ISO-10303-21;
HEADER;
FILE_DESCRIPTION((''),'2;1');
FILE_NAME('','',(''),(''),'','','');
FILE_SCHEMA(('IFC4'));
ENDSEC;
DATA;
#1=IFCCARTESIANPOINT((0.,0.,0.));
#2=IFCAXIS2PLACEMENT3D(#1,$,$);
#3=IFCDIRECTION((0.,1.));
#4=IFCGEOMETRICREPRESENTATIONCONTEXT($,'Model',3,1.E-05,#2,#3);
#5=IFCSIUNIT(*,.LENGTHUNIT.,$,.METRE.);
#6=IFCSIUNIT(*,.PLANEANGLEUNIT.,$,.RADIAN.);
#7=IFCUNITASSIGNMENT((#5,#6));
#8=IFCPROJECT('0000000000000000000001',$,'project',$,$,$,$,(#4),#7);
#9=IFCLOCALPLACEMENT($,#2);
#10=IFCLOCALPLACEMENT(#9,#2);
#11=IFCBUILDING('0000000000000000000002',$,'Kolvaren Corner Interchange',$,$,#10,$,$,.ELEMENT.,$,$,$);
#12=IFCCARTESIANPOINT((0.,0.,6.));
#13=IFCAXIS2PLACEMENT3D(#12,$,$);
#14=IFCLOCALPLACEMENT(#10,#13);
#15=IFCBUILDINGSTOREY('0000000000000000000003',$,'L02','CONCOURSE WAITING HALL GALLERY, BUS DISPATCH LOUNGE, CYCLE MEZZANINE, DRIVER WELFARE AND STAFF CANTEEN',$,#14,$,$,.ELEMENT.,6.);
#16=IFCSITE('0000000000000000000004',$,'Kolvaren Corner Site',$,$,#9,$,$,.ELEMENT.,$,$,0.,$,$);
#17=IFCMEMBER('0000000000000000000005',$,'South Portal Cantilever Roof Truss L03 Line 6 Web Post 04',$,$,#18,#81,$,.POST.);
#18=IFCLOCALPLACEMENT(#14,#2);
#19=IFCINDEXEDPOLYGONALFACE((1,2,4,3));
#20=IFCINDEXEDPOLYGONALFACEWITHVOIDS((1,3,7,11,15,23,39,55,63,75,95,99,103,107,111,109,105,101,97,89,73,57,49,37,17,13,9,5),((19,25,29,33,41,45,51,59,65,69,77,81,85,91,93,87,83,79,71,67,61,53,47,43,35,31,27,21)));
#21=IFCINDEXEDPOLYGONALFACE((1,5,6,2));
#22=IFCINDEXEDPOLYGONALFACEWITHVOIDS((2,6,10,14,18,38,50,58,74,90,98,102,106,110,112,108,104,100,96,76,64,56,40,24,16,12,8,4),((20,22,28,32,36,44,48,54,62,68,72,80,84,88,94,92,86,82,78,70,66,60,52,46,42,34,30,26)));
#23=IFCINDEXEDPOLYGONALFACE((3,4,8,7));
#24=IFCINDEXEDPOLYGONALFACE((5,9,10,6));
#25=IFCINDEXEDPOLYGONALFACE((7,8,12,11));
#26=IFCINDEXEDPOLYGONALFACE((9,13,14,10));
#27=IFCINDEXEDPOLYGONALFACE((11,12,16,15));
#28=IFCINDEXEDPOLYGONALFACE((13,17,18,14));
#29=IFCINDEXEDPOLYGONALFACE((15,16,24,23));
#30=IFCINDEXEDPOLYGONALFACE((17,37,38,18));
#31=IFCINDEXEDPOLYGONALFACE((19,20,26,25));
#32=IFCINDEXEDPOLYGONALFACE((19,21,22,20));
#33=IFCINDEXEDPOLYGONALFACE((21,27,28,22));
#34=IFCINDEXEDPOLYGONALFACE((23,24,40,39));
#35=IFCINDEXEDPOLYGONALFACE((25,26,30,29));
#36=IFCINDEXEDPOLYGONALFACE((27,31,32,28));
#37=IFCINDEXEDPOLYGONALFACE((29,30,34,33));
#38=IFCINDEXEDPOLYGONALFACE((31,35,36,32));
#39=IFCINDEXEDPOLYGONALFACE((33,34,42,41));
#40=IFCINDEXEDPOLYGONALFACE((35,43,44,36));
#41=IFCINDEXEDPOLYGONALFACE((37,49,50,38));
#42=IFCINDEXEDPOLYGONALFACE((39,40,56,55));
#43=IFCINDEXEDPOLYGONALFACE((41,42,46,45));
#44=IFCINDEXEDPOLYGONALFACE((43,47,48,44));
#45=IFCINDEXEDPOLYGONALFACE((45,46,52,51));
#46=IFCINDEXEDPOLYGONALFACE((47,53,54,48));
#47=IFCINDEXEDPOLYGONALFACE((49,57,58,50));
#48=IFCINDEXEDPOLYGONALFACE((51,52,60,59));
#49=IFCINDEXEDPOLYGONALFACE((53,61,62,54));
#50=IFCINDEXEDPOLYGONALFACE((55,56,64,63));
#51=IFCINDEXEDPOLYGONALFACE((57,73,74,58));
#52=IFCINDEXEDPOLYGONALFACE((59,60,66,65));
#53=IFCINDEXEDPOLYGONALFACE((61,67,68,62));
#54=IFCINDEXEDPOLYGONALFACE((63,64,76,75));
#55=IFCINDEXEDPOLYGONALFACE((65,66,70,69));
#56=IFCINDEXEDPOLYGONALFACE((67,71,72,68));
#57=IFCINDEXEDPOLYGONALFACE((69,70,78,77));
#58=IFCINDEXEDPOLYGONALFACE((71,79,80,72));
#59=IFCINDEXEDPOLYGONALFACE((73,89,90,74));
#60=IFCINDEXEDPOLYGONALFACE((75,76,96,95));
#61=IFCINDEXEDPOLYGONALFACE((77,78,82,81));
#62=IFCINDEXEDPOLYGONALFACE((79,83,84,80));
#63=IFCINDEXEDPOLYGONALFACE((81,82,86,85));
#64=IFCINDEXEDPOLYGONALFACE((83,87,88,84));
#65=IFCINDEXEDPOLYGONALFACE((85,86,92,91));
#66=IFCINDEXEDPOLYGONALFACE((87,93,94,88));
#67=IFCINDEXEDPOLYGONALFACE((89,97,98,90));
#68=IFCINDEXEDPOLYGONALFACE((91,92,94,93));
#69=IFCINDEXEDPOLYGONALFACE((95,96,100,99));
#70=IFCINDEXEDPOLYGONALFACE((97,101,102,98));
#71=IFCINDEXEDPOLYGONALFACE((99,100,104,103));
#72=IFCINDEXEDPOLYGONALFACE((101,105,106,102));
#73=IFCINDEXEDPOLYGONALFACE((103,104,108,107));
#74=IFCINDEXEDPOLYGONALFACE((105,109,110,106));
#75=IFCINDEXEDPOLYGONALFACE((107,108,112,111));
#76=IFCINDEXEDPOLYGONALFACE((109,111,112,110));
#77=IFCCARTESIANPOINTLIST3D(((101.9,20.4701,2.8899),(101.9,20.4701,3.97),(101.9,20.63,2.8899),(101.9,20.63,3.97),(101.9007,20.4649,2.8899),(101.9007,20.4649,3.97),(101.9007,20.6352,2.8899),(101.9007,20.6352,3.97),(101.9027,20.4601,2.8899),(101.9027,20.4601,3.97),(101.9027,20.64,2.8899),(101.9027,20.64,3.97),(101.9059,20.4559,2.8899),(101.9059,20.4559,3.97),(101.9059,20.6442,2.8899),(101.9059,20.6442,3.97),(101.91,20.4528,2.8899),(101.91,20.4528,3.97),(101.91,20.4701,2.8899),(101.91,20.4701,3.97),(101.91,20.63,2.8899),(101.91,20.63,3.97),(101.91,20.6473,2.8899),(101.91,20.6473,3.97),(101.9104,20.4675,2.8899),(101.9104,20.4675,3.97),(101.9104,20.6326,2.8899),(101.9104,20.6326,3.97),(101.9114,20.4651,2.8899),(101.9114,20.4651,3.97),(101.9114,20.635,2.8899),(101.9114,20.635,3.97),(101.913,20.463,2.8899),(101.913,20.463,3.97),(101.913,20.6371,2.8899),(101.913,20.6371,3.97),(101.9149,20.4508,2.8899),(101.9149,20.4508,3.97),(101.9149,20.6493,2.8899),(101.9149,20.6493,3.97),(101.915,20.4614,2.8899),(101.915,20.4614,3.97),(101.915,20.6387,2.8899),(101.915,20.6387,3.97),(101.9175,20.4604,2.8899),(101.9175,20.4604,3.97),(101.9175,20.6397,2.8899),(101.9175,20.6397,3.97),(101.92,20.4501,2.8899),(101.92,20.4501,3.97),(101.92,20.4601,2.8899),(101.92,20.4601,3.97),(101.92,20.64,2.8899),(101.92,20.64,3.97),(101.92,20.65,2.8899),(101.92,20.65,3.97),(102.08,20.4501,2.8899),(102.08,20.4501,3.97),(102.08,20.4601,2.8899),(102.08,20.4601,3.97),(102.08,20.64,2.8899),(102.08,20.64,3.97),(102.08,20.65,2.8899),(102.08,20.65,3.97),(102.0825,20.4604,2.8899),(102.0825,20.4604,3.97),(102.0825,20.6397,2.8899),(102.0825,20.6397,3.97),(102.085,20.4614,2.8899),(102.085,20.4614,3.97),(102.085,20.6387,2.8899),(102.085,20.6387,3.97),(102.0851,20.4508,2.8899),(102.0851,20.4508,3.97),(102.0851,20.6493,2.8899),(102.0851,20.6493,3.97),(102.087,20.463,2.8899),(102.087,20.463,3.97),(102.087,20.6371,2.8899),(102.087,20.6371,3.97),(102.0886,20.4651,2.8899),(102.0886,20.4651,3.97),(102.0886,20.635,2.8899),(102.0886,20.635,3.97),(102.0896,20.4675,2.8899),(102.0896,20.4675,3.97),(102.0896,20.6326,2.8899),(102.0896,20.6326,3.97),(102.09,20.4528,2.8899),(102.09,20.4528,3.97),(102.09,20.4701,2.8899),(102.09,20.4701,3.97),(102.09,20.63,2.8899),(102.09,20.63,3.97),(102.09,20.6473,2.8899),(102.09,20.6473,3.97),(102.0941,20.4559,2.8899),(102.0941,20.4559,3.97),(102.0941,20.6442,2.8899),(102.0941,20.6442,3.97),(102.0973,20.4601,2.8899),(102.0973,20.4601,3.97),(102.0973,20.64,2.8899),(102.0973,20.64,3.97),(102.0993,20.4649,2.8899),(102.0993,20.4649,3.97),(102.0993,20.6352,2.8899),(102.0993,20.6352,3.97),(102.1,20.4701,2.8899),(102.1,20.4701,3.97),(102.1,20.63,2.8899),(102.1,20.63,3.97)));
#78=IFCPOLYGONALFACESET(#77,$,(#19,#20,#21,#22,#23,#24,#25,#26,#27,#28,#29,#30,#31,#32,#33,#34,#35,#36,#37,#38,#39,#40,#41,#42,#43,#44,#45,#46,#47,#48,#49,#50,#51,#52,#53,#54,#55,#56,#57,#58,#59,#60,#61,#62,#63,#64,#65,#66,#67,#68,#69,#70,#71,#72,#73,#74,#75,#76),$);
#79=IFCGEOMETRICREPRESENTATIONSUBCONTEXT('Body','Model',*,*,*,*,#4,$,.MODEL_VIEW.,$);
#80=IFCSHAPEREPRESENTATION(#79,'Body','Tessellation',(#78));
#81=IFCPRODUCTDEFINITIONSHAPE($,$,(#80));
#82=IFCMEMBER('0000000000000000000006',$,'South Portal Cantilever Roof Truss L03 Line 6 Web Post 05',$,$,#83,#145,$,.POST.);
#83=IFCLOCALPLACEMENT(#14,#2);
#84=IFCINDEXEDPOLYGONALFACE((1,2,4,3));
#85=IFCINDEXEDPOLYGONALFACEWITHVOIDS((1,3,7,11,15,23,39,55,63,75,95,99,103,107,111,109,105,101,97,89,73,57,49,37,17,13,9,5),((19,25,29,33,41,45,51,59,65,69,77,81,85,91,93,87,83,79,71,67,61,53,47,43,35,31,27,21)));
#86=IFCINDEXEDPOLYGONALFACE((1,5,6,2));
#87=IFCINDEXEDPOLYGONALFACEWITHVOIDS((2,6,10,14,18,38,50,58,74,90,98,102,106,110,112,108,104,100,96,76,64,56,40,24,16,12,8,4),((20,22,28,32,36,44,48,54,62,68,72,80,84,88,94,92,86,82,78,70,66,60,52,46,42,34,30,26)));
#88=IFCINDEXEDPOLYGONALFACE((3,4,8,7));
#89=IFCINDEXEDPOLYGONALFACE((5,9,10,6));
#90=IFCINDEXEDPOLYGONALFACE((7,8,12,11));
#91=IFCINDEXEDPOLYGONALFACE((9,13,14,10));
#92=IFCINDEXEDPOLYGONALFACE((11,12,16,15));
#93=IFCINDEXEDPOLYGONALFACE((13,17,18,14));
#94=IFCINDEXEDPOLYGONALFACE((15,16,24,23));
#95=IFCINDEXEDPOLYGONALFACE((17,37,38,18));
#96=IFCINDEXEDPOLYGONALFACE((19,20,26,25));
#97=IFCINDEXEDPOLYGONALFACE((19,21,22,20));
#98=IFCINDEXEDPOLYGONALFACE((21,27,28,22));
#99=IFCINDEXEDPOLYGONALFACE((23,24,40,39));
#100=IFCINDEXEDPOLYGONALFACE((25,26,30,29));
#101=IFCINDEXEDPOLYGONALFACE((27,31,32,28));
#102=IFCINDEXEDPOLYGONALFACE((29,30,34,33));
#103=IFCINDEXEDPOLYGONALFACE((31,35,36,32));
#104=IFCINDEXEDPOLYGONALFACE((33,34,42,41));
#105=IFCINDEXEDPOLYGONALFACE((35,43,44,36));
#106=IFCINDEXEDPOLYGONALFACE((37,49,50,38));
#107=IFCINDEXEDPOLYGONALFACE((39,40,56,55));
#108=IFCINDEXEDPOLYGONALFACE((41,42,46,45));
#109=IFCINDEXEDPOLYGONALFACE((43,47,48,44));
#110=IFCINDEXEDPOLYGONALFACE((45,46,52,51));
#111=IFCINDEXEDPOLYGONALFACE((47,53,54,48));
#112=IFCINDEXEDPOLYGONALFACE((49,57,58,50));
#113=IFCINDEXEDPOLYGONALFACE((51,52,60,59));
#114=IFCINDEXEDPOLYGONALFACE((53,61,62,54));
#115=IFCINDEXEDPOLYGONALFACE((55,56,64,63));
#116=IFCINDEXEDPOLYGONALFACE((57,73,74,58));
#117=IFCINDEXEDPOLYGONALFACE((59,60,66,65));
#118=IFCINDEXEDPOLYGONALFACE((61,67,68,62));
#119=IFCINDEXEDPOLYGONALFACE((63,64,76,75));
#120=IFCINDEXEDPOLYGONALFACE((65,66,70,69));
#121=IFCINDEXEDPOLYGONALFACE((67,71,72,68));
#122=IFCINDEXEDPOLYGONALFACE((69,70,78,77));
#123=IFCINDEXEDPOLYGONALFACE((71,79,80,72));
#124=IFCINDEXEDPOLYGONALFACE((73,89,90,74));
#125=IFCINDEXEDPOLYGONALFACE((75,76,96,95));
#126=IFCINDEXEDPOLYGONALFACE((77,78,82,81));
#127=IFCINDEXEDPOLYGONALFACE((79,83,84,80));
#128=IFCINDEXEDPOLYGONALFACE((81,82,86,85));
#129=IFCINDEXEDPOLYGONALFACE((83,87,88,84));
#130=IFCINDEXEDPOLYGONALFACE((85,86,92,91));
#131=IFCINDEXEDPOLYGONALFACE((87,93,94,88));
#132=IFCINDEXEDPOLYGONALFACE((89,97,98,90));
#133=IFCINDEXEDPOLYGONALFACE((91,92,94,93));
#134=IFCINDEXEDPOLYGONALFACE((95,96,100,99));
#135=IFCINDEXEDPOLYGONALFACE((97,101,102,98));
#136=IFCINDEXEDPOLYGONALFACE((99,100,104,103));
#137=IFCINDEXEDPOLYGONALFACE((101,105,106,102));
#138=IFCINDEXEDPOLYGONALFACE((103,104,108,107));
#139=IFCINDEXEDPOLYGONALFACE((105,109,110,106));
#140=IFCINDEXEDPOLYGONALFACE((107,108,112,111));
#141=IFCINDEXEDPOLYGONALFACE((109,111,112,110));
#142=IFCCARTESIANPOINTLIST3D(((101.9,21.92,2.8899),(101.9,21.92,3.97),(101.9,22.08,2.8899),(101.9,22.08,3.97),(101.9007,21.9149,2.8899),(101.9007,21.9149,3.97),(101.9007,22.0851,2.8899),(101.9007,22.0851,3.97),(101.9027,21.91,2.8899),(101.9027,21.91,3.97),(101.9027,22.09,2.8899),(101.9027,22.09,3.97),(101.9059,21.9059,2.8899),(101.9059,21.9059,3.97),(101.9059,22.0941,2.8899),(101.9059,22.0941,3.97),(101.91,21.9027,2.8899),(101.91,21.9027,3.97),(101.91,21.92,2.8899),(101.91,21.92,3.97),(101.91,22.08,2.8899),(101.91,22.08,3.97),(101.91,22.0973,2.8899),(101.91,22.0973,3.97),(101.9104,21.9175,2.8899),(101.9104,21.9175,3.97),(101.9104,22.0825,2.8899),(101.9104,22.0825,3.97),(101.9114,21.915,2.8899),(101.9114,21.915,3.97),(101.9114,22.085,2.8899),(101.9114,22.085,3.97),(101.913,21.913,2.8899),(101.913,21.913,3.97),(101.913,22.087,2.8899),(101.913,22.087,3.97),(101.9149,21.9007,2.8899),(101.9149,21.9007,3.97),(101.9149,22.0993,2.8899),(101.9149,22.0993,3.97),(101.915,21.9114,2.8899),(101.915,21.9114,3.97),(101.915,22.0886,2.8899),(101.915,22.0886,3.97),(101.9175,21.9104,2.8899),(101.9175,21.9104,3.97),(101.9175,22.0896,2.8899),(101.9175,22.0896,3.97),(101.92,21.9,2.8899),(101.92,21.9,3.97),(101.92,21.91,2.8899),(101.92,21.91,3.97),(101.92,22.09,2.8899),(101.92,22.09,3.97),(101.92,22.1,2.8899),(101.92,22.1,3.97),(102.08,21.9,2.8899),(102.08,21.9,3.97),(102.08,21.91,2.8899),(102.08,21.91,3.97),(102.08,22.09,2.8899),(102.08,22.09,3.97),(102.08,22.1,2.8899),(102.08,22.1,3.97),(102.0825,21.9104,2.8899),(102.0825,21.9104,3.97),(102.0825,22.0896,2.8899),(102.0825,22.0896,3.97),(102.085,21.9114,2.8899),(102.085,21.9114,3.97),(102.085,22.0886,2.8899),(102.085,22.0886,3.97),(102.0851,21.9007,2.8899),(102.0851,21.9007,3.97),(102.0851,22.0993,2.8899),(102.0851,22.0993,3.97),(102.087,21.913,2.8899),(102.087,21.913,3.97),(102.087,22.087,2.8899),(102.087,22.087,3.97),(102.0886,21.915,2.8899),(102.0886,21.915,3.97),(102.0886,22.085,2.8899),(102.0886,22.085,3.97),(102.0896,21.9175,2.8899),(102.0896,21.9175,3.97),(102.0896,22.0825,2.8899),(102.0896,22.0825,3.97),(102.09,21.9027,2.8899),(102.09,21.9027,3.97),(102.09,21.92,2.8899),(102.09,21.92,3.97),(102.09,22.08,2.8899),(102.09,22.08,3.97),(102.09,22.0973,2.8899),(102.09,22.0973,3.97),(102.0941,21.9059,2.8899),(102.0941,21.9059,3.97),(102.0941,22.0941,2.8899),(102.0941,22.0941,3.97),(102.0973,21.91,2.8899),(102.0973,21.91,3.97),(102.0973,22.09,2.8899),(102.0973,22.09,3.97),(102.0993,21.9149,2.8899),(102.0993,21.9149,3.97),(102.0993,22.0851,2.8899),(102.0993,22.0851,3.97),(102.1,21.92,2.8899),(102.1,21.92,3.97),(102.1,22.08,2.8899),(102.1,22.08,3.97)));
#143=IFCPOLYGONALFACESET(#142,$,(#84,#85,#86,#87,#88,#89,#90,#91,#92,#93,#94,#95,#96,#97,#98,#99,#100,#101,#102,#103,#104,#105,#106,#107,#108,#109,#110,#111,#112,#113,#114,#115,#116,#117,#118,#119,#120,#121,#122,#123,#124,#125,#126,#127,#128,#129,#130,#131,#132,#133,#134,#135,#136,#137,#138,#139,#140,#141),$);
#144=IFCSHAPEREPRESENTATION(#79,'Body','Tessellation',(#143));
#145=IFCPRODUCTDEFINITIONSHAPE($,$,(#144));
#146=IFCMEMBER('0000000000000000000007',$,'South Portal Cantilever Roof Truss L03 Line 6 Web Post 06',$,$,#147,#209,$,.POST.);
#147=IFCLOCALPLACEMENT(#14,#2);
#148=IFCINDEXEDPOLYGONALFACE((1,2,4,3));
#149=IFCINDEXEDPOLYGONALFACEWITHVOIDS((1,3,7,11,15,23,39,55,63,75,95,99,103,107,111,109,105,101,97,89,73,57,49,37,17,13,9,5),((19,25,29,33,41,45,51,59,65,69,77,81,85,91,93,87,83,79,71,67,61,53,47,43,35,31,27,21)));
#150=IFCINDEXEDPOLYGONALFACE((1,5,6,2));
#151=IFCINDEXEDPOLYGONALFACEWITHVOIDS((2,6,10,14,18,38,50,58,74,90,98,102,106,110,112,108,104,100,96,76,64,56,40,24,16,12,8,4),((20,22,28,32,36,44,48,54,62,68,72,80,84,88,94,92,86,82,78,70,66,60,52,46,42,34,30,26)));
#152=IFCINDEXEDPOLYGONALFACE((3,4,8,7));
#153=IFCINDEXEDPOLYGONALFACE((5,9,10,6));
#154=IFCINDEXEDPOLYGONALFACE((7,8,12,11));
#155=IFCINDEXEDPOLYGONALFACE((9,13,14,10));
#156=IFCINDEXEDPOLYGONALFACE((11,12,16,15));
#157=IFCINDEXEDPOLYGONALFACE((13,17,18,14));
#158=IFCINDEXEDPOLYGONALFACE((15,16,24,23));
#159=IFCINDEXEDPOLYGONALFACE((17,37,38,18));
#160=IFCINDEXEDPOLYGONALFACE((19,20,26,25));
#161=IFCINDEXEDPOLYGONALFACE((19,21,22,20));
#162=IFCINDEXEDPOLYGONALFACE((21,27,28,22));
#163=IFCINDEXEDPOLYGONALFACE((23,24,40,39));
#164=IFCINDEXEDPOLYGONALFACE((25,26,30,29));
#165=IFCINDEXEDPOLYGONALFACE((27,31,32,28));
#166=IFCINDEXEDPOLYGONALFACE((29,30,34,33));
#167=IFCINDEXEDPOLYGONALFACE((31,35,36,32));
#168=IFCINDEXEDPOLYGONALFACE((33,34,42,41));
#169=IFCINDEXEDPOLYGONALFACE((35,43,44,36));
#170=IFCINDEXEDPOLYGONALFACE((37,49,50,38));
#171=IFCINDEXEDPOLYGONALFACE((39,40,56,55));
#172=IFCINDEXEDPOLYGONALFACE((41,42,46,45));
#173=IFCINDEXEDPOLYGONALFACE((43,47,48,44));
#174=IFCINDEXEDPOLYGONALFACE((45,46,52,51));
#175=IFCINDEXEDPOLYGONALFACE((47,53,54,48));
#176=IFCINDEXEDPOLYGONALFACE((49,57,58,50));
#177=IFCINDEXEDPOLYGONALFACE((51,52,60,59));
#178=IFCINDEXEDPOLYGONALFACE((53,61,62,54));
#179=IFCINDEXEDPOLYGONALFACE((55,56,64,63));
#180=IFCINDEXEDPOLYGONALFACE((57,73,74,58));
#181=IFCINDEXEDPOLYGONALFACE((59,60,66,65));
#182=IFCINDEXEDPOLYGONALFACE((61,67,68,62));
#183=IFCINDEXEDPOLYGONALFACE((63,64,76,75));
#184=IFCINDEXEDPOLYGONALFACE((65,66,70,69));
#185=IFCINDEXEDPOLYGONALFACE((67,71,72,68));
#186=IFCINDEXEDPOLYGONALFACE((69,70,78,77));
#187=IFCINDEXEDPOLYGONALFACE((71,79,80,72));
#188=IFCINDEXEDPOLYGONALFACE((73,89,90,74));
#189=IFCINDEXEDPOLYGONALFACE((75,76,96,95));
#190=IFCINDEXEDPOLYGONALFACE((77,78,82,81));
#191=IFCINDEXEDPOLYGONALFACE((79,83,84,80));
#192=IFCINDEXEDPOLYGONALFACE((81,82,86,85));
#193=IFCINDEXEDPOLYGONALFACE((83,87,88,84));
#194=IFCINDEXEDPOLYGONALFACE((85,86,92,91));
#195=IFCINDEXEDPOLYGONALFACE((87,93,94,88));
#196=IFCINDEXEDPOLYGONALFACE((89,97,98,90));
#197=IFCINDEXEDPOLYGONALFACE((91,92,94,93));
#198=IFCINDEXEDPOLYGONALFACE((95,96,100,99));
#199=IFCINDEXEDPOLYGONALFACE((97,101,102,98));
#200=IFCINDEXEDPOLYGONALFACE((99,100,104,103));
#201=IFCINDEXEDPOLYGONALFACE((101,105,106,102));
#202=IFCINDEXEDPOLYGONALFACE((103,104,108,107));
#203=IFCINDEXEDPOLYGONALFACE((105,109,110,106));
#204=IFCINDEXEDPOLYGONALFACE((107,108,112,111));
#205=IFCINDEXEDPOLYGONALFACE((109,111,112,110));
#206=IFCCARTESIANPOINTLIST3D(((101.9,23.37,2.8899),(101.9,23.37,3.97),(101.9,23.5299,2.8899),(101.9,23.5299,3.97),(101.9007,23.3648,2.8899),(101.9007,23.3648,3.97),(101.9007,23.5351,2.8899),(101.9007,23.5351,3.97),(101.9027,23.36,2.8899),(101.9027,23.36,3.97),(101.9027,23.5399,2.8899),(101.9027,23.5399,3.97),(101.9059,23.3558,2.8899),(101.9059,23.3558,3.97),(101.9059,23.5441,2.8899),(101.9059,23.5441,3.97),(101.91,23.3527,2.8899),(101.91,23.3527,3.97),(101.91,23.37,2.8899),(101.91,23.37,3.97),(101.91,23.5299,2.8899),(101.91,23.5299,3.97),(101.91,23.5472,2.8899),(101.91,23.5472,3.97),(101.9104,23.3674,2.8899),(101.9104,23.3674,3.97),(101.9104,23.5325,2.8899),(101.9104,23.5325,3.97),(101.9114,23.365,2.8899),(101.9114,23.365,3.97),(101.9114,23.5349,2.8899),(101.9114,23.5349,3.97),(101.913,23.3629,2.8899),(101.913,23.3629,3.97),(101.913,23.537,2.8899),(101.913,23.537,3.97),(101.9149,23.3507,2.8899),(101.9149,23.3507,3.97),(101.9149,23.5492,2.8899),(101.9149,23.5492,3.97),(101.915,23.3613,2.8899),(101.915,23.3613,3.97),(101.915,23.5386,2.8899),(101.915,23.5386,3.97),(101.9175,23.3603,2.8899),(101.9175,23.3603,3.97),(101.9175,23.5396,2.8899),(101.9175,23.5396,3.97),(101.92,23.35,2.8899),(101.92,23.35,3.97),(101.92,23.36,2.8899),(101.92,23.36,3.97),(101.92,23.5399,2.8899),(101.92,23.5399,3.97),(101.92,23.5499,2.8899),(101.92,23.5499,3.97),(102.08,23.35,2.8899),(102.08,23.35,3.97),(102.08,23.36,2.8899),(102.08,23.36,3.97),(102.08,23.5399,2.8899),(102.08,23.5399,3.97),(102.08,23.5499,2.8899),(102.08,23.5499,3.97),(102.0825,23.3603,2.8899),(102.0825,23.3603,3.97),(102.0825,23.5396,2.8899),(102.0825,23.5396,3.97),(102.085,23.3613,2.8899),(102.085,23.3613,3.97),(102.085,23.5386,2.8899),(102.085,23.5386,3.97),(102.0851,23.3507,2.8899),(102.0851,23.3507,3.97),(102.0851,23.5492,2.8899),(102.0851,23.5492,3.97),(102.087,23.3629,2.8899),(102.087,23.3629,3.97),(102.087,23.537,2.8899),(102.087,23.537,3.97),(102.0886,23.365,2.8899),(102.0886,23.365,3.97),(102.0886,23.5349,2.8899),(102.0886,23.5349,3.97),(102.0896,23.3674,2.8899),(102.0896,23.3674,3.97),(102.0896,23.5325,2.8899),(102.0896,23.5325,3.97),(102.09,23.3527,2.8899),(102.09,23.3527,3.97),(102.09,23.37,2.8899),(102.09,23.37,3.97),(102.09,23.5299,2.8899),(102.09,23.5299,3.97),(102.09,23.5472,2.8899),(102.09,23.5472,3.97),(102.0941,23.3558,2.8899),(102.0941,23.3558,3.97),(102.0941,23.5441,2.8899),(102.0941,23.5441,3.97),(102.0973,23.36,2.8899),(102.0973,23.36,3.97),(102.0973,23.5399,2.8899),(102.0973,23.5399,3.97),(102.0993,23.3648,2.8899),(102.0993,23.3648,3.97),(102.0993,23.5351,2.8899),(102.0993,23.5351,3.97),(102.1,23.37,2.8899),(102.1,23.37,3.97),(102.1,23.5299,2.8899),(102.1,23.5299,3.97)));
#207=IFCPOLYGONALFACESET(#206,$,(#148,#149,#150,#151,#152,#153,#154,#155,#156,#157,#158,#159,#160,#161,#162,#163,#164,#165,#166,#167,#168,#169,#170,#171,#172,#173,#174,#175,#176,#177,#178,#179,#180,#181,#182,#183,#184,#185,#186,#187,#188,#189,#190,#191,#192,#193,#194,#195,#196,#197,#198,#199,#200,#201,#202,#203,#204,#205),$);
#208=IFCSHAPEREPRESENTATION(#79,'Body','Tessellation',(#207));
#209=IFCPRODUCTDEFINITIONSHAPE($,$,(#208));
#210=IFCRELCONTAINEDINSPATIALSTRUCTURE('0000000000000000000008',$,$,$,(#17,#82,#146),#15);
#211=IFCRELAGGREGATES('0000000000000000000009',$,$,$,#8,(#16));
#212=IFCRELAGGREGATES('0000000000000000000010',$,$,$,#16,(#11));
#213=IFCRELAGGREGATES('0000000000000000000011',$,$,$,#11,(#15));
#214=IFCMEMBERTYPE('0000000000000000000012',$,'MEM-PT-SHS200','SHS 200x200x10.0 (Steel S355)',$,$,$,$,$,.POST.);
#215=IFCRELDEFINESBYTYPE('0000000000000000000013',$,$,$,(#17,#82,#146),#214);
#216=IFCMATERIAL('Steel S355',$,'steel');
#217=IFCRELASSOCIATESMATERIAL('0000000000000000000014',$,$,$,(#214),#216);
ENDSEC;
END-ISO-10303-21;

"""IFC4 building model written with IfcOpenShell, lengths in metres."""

from ifc_helpers import new_model, si_unit, direction, frame, origin, origin_2d, place, context, subcontext, project, spatial, hollow_rectangle, extrude, material, material_profile, profile_set, type_object, element, save


model = new_model("IFC4")

# Units and contexts
model_context = context("Model", 3, precision=1e-05, world=origin(), true_north=direction((0.0, 1.0)))
body_context = subcontext(model_context, "Body", "Model", "MODEL_VIEW")
ifc_project = project(units=[si_unit("LENGTHUNIT", "METRE"), si_unit("PLANEANGLEUNIT", "RADIAN")], contexts=[model_context])

# Site, building, storey
site_placement = place(None, origin())
site = spatial("IfcSite", under=ifc_project, at=site_placement, Name="Kolvaren Corner Site", CompositionType="ELEMENT", RefElevation=0.0)
building_placement = place(site_placement, origin())
building = spatial("IfcBuilding", under=site, at=building_placement, Name="Kolvaren Corner Interchange", CompositionType="ELEMENT")
storey_placement = place(building_placement, frame((0.0, 0.0, 6.0)))
storey = spatial("IfcBuildingStorey", under=building, at=storey_placement, Name="L02", Description="CONCOURSE WAITING HALL GALLERY, BUS DISPATCH LOUNGE, CYCLE MEZZANINE, DRIVER WELFARE AND STAFF CANTEEN", CompositionType="ELEMENT", Elevation=6.0)

# Members
ifc_material_1 = material(Name="Steel S355", Category="steel")
ifc_material_profile_1 = material_profile(ifc_material_1, hollow_rectangle(XDim=0.2, YDim=0.2, WallThickness=0.01, InnerFilletRadius=0.01, OuterFilletRadius=0.02, at=origin_2d()), Name="SHS 200x200x10.0")
ifc_profile_set_1 = profile_set([ifc_material_profile_1], Name="Steel S355")
member_type_1 = type_object("IfcMemberType", Name="MEM-PT-SHS200", Description="SHS 200x200x10.0 (Steel S355)", PredefinedType="POST", material=ifc_profile_set_1)
for number, where, z_axis, x_axis, name in (
    (1, (102.0, 20.55, 2.8899), (0.0, 0.0, 1.0), (1.0, 0.0, 0.0), "South Portal Cantilever Roof Truss L03 Line 6 Web Post 04"),
    (2, (102.0, 22.0, 2.8899), (0.0, 0.0, 1.0), (1.0, 0.0, 0.0), "South Portal Cantilever Roof Truss L03 Line 6 Web Post 05"),
    (3, (102.0, 23.45, 2.8899), (0.0, 0.0, 1.0), (1.0, 0.0, 0.0), "South Portal Cantilever Roof Truss L03 Line 6 Web Post 06"),
):
    element("IfcMember", number, at=place(storey_placement, frame(where, z_axis=z_axis, x_axis=x_axis)), inside=storey, type_object=member_type_1, Name=name, PredefinedType="POST", context=body_context, shape_type="SweptSolid", body=[
        extrude(hollow_rectangle(XDim=0.2, YDim=0.2, WallThickness=0.01, InnerFilletRadius=0.01, OuterFilletRadius=0.02, at=origin_2d()), origin(), (0.0, 0.0, 1.0), 1.0801),
    ])

save(model, "model.ifc")
